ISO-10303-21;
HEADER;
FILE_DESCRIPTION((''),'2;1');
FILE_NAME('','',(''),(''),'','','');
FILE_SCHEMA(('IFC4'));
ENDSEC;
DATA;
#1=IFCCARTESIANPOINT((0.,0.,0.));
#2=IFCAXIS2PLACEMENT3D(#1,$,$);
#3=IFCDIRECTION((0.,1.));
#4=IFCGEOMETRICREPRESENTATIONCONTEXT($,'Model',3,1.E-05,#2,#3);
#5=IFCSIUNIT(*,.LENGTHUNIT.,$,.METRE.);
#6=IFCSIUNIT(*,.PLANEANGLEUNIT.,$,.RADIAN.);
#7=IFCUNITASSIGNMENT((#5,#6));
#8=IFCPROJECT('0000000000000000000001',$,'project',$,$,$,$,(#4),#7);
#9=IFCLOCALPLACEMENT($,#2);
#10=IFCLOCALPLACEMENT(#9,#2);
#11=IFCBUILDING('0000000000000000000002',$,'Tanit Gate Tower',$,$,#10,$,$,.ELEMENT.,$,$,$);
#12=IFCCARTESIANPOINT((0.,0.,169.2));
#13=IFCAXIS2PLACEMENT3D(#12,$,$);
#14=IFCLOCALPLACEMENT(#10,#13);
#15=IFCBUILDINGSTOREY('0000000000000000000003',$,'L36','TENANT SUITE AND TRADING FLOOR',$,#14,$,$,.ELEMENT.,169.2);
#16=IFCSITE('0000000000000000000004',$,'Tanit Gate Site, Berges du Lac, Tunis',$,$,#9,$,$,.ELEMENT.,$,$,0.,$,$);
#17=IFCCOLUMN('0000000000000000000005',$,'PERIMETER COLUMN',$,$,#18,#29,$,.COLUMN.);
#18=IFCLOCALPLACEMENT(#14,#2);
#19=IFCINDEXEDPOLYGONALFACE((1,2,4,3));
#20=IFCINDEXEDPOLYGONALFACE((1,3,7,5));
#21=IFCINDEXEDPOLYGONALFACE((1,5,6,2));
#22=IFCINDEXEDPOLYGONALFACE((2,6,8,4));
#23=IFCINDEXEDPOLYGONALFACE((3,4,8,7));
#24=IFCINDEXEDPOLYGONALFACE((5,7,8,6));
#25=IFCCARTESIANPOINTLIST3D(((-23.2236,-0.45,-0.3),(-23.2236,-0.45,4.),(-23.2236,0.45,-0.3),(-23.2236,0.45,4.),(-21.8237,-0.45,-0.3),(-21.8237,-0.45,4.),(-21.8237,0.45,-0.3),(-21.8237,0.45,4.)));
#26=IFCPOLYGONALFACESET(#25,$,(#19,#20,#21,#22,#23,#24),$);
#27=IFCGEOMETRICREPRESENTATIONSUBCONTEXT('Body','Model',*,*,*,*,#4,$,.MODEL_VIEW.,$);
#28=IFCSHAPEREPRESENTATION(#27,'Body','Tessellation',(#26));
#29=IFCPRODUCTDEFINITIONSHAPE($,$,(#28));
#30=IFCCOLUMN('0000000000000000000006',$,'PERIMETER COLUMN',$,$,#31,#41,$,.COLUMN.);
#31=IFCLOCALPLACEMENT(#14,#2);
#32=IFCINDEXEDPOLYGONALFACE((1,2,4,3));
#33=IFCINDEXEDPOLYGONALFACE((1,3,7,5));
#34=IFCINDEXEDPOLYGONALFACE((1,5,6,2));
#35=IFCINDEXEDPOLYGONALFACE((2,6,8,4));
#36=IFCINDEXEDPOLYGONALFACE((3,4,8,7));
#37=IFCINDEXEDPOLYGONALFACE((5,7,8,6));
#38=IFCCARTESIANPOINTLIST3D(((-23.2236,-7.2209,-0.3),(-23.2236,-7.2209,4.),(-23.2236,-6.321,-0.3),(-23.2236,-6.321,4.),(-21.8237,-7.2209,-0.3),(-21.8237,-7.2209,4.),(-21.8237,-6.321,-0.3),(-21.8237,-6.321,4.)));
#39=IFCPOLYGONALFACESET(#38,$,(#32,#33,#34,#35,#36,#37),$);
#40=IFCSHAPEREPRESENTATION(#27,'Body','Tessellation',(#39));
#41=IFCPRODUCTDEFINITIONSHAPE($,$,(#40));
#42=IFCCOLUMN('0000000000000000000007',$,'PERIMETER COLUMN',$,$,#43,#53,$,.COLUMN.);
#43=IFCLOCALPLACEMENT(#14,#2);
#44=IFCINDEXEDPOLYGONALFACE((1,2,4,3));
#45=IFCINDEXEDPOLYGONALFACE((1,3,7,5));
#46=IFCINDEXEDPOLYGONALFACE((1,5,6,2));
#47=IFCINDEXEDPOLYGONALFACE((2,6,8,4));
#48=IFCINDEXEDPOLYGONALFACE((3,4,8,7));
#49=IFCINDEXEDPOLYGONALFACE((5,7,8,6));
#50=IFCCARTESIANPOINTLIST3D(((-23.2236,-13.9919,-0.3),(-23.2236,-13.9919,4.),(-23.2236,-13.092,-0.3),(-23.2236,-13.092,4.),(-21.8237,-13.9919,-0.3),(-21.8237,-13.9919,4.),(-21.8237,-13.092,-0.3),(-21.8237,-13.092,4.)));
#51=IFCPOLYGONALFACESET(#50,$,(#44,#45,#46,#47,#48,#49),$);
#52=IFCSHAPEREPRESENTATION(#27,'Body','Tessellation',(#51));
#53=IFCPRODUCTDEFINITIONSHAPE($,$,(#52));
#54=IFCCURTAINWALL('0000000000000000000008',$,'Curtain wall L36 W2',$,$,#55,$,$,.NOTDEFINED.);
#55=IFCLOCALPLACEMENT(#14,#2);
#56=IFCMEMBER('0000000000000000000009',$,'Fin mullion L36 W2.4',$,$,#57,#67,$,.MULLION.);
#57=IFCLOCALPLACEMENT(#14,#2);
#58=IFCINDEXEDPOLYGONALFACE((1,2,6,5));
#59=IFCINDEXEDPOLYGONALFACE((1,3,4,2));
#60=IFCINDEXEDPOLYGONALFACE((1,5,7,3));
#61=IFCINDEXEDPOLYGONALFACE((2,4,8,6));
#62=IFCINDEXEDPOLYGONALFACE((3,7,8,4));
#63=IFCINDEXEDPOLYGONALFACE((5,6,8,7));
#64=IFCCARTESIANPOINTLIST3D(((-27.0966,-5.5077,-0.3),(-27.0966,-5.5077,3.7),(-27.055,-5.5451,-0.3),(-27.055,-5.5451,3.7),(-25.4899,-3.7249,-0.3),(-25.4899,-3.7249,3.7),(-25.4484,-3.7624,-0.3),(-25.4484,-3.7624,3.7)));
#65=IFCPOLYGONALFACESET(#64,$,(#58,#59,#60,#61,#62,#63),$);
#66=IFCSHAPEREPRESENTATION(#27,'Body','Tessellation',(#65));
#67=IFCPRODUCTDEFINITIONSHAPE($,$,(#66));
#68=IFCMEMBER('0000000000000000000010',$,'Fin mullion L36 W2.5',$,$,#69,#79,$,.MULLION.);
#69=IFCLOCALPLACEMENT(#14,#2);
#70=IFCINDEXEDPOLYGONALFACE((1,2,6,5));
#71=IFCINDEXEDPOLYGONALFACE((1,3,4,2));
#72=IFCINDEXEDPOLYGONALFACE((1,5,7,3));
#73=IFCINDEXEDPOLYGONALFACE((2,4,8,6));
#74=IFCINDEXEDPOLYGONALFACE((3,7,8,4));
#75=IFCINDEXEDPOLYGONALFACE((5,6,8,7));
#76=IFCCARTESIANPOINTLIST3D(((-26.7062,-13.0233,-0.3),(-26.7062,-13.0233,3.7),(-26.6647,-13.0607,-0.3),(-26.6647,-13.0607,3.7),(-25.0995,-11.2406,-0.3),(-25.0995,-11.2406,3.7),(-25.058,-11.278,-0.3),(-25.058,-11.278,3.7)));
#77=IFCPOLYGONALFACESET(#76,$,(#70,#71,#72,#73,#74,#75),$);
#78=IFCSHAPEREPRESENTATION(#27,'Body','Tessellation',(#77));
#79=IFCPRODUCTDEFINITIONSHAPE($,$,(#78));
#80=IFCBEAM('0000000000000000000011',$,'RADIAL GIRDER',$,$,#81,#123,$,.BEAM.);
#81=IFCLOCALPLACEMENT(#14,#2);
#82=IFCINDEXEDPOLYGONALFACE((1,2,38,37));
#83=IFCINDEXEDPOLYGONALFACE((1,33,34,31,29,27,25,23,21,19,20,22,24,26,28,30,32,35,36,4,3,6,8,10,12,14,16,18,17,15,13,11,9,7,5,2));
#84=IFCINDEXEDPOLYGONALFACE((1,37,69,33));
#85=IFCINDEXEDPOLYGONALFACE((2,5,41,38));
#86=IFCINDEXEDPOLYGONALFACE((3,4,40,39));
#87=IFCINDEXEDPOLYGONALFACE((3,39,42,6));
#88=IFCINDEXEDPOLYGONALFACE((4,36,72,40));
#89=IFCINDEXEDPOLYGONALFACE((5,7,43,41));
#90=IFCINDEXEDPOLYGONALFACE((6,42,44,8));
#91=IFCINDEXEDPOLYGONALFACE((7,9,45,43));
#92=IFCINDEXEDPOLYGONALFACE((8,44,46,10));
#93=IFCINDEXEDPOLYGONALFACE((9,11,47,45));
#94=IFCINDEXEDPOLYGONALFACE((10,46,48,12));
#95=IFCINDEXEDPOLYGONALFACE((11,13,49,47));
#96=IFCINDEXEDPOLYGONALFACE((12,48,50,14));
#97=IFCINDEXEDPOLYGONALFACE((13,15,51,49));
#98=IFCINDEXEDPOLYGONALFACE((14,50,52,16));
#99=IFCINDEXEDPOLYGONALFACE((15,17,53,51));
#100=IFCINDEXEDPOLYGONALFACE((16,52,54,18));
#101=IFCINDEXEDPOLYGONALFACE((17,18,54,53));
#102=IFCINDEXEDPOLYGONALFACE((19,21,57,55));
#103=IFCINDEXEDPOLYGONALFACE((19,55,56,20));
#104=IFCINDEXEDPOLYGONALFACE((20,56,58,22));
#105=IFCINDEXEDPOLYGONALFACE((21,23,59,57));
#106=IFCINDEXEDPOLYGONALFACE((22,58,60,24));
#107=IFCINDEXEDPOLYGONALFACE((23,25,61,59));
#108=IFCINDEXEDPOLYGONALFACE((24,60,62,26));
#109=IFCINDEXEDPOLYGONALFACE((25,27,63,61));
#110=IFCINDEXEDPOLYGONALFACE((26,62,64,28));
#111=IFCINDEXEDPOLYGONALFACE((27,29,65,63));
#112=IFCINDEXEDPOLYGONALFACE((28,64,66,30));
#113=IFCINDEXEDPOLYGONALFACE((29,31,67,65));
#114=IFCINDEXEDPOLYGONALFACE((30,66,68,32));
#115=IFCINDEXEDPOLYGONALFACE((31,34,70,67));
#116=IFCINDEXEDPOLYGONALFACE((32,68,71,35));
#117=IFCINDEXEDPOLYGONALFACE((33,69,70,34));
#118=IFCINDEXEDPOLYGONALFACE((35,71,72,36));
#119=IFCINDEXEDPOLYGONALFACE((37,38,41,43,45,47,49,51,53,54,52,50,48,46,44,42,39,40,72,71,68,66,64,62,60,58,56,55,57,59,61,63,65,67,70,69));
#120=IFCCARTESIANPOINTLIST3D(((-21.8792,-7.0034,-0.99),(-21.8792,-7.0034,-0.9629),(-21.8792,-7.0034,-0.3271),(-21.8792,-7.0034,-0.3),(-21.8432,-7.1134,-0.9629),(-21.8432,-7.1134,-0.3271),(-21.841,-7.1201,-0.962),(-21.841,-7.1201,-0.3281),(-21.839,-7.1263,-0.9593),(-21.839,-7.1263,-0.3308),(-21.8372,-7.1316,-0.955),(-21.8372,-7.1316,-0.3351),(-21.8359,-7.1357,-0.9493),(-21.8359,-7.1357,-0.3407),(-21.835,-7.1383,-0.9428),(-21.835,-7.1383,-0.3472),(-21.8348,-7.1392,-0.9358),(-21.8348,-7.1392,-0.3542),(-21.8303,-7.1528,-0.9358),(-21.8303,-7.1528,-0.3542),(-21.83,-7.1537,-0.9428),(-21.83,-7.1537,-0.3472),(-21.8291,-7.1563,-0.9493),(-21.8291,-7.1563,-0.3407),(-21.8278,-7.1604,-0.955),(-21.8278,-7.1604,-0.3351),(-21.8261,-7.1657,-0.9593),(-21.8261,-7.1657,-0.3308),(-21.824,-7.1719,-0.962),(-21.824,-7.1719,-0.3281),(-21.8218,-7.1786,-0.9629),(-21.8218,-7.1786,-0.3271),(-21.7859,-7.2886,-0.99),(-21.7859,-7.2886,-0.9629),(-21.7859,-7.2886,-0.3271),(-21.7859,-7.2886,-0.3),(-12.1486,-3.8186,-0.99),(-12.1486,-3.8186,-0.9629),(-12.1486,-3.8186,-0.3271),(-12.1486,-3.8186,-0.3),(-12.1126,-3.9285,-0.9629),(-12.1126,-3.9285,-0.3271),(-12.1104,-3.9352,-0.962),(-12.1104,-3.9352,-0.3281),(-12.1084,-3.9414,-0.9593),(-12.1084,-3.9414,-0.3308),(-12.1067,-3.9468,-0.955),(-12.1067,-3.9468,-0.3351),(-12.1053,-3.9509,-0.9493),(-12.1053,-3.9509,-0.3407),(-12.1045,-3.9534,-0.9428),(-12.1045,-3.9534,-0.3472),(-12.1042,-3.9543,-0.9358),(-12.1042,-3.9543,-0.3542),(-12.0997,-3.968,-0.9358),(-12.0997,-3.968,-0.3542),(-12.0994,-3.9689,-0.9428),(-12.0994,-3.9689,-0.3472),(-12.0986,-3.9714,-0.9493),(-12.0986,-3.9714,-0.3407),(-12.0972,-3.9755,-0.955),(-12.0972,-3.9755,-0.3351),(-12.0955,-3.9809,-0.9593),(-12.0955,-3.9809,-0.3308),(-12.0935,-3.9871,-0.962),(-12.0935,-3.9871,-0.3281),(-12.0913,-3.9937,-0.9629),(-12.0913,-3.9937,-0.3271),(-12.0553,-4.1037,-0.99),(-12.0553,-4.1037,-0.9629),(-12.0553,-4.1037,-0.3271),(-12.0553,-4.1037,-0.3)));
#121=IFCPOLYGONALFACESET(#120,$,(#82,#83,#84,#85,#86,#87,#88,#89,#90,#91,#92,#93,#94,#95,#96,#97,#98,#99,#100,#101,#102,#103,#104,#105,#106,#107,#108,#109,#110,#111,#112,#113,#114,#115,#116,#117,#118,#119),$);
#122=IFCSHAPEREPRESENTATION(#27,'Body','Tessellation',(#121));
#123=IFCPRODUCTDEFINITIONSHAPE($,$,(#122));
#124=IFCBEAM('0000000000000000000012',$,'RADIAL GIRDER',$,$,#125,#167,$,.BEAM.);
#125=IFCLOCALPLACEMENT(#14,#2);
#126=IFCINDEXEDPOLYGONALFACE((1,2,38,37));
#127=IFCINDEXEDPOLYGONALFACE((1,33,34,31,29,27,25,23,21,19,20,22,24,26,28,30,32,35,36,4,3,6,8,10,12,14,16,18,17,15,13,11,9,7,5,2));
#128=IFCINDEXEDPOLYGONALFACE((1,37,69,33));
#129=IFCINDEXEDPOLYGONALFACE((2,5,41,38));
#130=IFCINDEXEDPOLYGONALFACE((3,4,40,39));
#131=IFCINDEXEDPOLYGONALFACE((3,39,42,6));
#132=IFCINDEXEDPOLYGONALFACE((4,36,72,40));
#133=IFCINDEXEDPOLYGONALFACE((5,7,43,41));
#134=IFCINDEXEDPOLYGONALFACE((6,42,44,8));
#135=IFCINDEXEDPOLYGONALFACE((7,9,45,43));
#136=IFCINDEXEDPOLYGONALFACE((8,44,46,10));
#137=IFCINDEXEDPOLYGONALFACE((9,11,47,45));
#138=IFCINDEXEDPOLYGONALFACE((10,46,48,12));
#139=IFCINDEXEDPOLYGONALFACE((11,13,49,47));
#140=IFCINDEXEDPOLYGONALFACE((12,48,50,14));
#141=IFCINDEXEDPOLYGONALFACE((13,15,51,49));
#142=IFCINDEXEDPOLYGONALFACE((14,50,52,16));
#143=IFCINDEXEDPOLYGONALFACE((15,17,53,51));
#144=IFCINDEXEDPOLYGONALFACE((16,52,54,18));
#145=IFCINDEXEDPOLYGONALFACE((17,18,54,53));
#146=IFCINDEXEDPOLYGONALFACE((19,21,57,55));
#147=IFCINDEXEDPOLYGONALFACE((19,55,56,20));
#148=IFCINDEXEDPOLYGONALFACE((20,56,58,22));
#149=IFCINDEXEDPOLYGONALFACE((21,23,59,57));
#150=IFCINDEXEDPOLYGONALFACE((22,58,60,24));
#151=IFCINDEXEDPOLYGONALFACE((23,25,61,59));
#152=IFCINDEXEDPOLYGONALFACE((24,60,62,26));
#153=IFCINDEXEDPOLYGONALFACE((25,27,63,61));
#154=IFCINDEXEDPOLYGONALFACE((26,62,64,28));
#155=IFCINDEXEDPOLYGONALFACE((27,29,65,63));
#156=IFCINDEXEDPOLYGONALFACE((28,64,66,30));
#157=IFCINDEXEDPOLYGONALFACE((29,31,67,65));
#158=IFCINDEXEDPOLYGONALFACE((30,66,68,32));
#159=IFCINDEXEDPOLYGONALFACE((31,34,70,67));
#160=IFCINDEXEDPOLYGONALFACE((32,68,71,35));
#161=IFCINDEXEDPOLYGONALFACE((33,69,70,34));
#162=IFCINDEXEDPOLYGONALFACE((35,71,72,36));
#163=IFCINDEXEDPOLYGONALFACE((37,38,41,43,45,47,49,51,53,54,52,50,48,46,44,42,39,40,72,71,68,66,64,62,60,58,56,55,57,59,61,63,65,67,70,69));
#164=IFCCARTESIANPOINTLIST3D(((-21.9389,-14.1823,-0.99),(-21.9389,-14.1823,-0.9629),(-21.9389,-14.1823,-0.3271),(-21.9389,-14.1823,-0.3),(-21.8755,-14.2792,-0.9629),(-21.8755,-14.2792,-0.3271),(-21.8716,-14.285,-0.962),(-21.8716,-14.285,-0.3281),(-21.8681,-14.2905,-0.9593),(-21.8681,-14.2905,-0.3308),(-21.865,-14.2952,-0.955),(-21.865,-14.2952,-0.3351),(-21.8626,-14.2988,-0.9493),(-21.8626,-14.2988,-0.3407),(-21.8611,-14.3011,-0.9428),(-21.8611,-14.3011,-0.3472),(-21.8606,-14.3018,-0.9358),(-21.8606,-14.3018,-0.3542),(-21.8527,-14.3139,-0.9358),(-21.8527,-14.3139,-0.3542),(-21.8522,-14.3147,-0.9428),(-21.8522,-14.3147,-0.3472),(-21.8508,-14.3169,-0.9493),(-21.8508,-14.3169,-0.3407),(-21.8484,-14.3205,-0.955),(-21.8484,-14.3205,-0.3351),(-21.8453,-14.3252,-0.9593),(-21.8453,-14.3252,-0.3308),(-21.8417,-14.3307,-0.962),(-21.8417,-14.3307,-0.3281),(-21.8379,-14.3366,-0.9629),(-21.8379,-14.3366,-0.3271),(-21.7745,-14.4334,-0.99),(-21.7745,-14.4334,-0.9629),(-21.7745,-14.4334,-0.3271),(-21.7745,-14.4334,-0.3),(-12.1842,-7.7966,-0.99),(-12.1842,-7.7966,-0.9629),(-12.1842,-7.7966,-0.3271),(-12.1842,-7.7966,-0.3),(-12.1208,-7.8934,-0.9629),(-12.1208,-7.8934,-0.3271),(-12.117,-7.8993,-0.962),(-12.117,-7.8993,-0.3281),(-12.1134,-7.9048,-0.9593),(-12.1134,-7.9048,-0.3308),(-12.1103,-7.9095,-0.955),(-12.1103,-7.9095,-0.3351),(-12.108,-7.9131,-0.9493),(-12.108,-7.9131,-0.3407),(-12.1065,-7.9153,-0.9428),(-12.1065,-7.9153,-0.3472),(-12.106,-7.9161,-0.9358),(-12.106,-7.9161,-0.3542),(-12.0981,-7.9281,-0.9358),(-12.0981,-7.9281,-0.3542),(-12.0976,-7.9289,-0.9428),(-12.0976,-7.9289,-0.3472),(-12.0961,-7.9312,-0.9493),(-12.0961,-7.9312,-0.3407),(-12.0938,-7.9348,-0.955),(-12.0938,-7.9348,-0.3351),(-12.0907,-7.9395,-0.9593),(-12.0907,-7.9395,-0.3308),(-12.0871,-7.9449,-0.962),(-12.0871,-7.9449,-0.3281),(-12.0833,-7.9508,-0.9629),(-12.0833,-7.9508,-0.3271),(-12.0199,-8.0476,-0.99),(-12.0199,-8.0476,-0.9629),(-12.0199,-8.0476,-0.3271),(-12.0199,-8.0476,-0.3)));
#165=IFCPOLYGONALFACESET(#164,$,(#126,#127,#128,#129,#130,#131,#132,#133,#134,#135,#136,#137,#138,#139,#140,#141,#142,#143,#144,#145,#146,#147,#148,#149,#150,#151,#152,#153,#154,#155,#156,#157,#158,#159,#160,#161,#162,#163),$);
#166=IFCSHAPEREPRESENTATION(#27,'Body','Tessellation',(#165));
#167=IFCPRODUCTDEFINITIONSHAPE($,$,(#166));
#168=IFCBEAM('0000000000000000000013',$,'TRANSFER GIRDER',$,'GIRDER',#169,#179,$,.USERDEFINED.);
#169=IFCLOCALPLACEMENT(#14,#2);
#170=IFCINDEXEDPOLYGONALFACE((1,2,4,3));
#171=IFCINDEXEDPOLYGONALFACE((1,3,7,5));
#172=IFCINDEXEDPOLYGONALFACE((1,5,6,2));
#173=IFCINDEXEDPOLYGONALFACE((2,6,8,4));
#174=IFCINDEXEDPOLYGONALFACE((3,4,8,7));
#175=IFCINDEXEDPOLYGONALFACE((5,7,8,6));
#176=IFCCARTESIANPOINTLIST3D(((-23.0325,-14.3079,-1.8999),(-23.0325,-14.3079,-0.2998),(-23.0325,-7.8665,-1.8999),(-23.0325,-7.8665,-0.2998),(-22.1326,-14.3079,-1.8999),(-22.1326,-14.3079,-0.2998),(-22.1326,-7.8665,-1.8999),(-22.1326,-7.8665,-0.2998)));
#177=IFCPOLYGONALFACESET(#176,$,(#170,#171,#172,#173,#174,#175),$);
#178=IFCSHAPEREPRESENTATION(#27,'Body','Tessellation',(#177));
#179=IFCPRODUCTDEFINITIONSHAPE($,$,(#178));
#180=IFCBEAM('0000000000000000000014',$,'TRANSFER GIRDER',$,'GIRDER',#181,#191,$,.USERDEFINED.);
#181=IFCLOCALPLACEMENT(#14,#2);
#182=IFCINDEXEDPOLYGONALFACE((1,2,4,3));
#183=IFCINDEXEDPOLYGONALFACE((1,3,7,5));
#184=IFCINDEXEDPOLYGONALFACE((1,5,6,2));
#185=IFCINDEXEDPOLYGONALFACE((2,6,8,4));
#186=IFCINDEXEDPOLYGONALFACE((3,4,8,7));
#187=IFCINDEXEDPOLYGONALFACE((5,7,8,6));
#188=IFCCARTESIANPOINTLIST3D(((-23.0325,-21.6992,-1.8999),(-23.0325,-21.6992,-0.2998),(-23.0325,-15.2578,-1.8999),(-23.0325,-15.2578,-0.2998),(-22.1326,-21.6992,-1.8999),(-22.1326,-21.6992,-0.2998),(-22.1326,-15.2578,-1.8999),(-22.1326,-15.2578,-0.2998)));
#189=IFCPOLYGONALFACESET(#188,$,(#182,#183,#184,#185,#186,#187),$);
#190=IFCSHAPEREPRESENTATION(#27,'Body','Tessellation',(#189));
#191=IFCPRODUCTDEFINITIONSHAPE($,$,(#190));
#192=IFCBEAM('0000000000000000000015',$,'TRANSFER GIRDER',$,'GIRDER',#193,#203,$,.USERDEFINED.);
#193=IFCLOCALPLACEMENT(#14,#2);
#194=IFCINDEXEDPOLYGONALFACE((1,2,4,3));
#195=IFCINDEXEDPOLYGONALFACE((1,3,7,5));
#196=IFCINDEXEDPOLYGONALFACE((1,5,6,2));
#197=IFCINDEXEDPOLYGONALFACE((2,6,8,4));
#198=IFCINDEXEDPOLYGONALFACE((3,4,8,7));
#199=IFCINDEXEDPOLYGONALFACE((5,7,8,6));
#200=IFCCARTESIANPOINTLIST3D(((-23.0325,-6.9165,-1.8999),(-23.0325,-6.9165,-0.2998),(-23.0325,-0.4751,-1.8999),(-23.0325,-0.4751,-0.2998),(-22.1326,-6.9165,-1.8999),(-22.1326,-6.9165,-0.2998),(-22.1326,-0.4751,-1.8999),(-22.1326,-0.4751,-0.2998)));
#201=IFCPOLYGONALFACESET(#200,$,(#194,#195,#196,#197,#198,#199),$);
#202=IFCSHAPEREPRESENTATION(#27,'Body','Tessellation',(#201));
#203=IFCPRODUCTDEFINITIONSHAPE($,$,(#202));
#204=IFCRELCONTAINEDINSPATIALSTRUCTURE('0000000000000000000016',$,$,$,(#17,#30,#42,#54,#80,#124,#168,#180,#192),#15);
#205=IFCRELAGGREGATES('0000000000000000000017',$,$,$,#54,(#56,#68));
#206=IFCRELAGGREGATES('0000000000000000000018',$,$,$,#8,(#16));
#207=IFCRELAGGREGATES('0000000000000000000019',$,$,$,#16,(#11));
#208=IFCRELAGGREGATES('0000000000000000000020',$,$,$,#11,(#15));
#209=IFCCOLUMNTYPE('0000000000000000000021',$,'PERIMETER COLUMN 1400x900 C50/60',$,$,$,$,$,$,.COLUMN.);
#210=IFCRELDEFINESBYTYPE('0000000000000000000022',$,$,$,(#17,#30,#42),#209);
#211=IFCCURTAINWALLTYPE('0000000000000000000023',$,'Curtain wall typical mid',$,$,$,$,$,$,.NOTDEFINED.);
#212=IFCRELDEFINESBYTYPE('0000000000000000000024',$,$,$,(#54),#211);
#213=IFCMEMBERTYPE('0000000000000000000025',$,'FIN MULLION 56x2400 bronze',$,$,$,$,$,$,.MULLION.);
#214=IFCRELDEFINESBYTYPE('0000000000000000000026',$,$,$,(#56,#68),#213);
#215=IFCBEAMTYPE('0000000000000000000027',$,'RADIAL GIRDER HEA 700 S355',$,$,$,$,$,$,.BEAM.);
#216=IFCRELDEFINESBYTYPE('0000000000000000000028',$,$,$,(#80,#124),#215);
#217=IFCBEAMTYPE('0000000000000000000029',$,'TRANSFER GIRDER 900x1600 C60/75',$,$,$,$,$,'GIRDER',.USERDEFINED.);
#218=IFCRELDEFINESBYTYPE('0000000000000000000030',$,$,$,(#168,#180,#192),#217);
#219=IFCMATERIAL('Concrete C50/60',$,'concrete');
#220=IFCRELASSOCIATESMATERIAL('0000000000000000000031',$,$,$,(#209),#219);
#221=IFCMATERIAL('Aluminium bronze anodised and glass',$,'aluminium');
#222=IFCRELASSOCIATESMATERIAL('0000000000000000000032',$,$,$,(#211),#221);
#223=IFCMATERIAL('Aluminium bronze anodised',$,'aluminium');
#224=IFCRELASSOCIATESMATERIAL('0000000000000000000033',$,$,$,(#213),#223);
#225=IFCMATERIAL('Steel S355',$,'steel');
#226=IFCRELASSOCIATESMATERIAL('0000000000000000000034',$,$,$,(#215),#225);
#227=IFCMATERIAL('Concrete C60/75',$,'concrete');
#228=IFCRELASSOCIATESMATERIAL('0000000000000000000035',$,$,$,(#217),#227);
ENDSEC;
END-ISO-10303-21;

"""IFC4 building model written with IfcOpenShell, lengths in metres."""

from ifc_helpers import new_model, si_unit, direction, frame, origin, origin_2d, place, context, subcontext, project, spatial, rectangle, i_section, extrude, material, material_profile, profile_set, type_object, element, aggregate, save


model = new_model("IFC4")

# Units and contexts
model_context = context("Model", 3, precision=1e-05, world=origin(), true_north=direction((0.0, 1.0)))
body_context = subcontext(model_context, "Body", "Model", "MODEL_VIEW")
ifc_project = project(units=[si_unit("LENGTHUNIT", "METRE"), si_unit("PLANEANGLEUNIT", "RADIAN")], contexts=[model_context])

# Site, building, storey
site_placement = place(None, origin())
site = spatial("IfcSite", under=ifc_project, at=site_placement, Name="Tanit Gate Site, Berges du Lac, Tunis", CompositionType="ELEMENT", RefElevation=0.0)
building_placement = place(site_placement, origin())
building = spatial("IfcBuilding", under=site, at=building_placement, Name="Tanit Gate Tower", CompositionType="ELEMENT")
storey_placement = place(building_placement, frame((0.0, 0.0, 169.2)))
storey = spatial("IfcBuildingStorey", under=building, at=storey_placement, Name="L36", Description="TENANT SUITE AND TRADING FLOOR", CompositionType="ELEMENT", Elevation=169.2)

# Columns
ifc_material_1 = material(Name="Concrete C50/60", Category="concrete")
ifc_material_profile_1 = material_profile(ifc_material_1, rectangle(XDim=1.3999, YDim=0.8999, at=origin_2d()), Name="RC 1400x900")
ifc_profile_set_1 = profile_set([ifc_material_profile_1], Name="Concrete C50/60")
column_type = type_object("IfcColumnType", Name="PERIMETER COLUMN 1400x900 C50/60", PredefinedType="COLUMN", material=ifc_profile_set_1)
for number, where, z_axis, x_axis, name in (
    (1, (-22.5237, 0.0, -0.3), (0.0, 0.0, 1.0), (-1.0, 0.0, 0.0), "PERIMETER COLUMN"),
    (2, (-22.5237, -6.771, -0.3), (0.0, 0.0, 1.0), (-1.0, 0.0, 0.0), "PERIMETER COLUMN"),
    (3, (-22.5237, -13.542, -0.3), (0.0, 0.0, 1.0), (-1.0, 0.0, 0.0), "PERIMETER COLUMN"),
):
    element("IfcColumn", number, at=place(storey_placement, frame(where, z_axis=z_axis, x_axis=x_axis)), inside=storey, type_object=column_type, Name=name, PredefinedType="COLUMN", context=body_context, shape_type="SweptSolid", body=[
        extrude(rectangle(XDim=1.3999, YDim=0.8999, at=origin_2d()), origin(), (0.0, 0.0, 1.0), 4.3),
    ])

# Curtain wall, members
ifc_material_2 = material(Name="Aluminium bronze anodised and glass", Category="aluminium")
curtain_wall_type = type_object("IfcCurtainWallType", Name="Curtain wall typical mid", PredefinedType="NOTDEFINED", material=ifc_material_2)
curtain_wall_placement = place(storey_placement, origin())
curtain_wall = element("IfcCurtainWall", 4, at=curtain_wall_placement, inside=storey, type_object=curtain_wall_type, Name="Curtain wall L36 W2", PredefinedType="NOTDEFINED")
ifc_material_3 = material(Name="Aluminium bronze anodised", Category="aluminium")
ifc_material_profile_2 = material_profile(ifc_material_3, rectangle(XDim=2.3999, YDim=0.0559, at=origin_2d()), Name="56x2400 bronze fin mullion")
ifc_profile_set_2 = profile_set([ifc_material_profile_2], Name="Aluminium bronze anodised")
member_type_1 = type_object("IfcMemberType", Name="FIN MULLION 56x2400 bronze", PredefinedType="MULLION", material=ifc_profile_set_2)
member_1_placement = place(storey_placement, frame((-26.2725, -4.635, -0.3), z_axis=(0.0, 0.0, 1.0), x_axis=(0.669481, 0.742829, 0.0)))
member_1 = element("IfcMember", 5, at=member_1_placement, type_object=member_type_1, Name="Fin mullion L36 W2.4", PredefinedType="MULLION", context=body_context, shape_type="SweptSolid", body=[
    extrude(rectangle(XDim=2.3999, YDim=0.0559, at=origin_2d()), origin(), (0.0, 0.0, 1.0), 4.0),
])
member_2_placement = place(storey_placement, frame((-25.8821, -12.1506, -0.3), z_axis=(0.0, 0.0, 1.0), x_axis=(0.669481, 0.742829, 0.0)))
member_2 = element("IfcMember", 6, at=member_2_placement, type_object=member_type_1, Name="Fin mullion L36 W2.5", PredefinedType="MULLION", context=body_context, shape_type="SweptSolid", body=[
    extrude(rectangle(XDim=2.3999, YDim=0.0559, at=origin_2d()), origin(), (0.0, 0.0, 1.0), 4.0),
])

# Beams
ifc_material_4 = material(Name="Steel S355", Category="steel")
ifc_material_profile_3 = material_profile(ifc_material_4, i_section(OverallWidth=0.3, OverallDepth=0.6899, WebThickness=0.0144, FlangeThickness=0.0271, FilletRadius=0.0271, at=origin_2d()), Name="HEA 700")
ifc_profile_set_3 = profile_set([ifc_material_profile_3], Name="Steel S355")
beam_type_1 = type_object("IfcBeamType", Name="RADIAL GIRDER HEA 700 S355", PredefinedType="BEAM", material=ifc_profile_set_3)
beam_1_placement = place(storey_placement, frame((-21.8325, -7.146, -0.645), z_axis=(0.950389, 0.311065, 0.0), x_axis=(-0.311065, 0.950389, 0.0)))
element("IfcBeam", 7, at=beam_1_placement, inside=storey, type_object=beam_type_1, Name="RADIAL GIRDER", PredefinedType="BEAM", context=body_context, shape_type="SweptSolid", body=[
    extrude(i_section(OverallWidth=0.3, OverallDepth=0.6899, WebThickness=0.0144, FlangeThickness=0.0271, FilletRadius=0.0271, at=origin_2d()), origin(), (0.0, 0.0, 1.0), 10.2385),
])
beam_2_placement = place(storey_placement, frame((-21.8567, -14.3079, -0.645), z_axis=(0.836667, 0.547712, 0.0), x_axis=(-0.547712, 0.836667, 0.0)))
element("IfcBeam", 8, at=beam_2_placement, inside=storey, type_object=beam_type_1, Name="RADIAL GIRDER", PredefinedType="BEAM", context=body_context, shape_type="SweptSolid", body=[
    extrude(i_section(OverallWidth=0.3, OverallDepth=0.6899, WebThickness=0.0144, FlangeThickness=0.0271, FilletRadius=0.0271, at=origin_2d()), origin(), (0.0, 0.0, 1.0), 11.6589),
])
ifc_material_5 = material(Name="Concrete C60/75", Category="concrete")
ifc_material_profile_4 = material_profile(ifc_material_5, rectangle(XDim=0.8999, YDim=1.6001, at=origin_2d()), Name="RC 900x1600")
ifc_profile_set_4 = profile_set([ifc_material_profile_4], Name="Concrete C60/75")
beam_type_2 = type_object("IfcBeamType", Name="TRANSFER GIRDER 900x1600 C60/75", ElementType="GIRDER", PredefinedType="USERDEFINED", material=ifc_profile_set_4)
for number, where, z_axis, x_axis, name in (
    (9, (-22.5825, -7.8665, -1.0999), (0.0, -1.0, 0.0), (1.0, 0.0, 0.0), "TRANSFER GIRDER"),
    (10, (-22.5825, -15.2578, -1.0999), (0.0, -1.0, 0.0), (1.0, 0.0, 0.0), "TRANSFER GIRDER"),
    (11, (-22.5825, -0.4751, -1.0999), (0.0, -1.0, 0.0), (1.0, 0.0, 0.0), "TRANSFER GIRDER"),
):
    element("IfcBeam", number, at=place(storey_placement, frame(where, z_axis=z_axis, x_axis=x_axis)), inside=storey, type_object=beam_type_2, Name=name, ObjectType="GIRDER", PredefinedType="USERDEFINED", context=body_context, shape_type="SweptSolid", body=[
        extrude(rectangle(XDim=0.8999, YDim=1.6001, at=origin_2d()), origin(), (0.0, 0.0, 1.0), 6.4414),
    ])

aggregate(curtain_wall, [member_1, member_2])

save(model, "model.ifc")
